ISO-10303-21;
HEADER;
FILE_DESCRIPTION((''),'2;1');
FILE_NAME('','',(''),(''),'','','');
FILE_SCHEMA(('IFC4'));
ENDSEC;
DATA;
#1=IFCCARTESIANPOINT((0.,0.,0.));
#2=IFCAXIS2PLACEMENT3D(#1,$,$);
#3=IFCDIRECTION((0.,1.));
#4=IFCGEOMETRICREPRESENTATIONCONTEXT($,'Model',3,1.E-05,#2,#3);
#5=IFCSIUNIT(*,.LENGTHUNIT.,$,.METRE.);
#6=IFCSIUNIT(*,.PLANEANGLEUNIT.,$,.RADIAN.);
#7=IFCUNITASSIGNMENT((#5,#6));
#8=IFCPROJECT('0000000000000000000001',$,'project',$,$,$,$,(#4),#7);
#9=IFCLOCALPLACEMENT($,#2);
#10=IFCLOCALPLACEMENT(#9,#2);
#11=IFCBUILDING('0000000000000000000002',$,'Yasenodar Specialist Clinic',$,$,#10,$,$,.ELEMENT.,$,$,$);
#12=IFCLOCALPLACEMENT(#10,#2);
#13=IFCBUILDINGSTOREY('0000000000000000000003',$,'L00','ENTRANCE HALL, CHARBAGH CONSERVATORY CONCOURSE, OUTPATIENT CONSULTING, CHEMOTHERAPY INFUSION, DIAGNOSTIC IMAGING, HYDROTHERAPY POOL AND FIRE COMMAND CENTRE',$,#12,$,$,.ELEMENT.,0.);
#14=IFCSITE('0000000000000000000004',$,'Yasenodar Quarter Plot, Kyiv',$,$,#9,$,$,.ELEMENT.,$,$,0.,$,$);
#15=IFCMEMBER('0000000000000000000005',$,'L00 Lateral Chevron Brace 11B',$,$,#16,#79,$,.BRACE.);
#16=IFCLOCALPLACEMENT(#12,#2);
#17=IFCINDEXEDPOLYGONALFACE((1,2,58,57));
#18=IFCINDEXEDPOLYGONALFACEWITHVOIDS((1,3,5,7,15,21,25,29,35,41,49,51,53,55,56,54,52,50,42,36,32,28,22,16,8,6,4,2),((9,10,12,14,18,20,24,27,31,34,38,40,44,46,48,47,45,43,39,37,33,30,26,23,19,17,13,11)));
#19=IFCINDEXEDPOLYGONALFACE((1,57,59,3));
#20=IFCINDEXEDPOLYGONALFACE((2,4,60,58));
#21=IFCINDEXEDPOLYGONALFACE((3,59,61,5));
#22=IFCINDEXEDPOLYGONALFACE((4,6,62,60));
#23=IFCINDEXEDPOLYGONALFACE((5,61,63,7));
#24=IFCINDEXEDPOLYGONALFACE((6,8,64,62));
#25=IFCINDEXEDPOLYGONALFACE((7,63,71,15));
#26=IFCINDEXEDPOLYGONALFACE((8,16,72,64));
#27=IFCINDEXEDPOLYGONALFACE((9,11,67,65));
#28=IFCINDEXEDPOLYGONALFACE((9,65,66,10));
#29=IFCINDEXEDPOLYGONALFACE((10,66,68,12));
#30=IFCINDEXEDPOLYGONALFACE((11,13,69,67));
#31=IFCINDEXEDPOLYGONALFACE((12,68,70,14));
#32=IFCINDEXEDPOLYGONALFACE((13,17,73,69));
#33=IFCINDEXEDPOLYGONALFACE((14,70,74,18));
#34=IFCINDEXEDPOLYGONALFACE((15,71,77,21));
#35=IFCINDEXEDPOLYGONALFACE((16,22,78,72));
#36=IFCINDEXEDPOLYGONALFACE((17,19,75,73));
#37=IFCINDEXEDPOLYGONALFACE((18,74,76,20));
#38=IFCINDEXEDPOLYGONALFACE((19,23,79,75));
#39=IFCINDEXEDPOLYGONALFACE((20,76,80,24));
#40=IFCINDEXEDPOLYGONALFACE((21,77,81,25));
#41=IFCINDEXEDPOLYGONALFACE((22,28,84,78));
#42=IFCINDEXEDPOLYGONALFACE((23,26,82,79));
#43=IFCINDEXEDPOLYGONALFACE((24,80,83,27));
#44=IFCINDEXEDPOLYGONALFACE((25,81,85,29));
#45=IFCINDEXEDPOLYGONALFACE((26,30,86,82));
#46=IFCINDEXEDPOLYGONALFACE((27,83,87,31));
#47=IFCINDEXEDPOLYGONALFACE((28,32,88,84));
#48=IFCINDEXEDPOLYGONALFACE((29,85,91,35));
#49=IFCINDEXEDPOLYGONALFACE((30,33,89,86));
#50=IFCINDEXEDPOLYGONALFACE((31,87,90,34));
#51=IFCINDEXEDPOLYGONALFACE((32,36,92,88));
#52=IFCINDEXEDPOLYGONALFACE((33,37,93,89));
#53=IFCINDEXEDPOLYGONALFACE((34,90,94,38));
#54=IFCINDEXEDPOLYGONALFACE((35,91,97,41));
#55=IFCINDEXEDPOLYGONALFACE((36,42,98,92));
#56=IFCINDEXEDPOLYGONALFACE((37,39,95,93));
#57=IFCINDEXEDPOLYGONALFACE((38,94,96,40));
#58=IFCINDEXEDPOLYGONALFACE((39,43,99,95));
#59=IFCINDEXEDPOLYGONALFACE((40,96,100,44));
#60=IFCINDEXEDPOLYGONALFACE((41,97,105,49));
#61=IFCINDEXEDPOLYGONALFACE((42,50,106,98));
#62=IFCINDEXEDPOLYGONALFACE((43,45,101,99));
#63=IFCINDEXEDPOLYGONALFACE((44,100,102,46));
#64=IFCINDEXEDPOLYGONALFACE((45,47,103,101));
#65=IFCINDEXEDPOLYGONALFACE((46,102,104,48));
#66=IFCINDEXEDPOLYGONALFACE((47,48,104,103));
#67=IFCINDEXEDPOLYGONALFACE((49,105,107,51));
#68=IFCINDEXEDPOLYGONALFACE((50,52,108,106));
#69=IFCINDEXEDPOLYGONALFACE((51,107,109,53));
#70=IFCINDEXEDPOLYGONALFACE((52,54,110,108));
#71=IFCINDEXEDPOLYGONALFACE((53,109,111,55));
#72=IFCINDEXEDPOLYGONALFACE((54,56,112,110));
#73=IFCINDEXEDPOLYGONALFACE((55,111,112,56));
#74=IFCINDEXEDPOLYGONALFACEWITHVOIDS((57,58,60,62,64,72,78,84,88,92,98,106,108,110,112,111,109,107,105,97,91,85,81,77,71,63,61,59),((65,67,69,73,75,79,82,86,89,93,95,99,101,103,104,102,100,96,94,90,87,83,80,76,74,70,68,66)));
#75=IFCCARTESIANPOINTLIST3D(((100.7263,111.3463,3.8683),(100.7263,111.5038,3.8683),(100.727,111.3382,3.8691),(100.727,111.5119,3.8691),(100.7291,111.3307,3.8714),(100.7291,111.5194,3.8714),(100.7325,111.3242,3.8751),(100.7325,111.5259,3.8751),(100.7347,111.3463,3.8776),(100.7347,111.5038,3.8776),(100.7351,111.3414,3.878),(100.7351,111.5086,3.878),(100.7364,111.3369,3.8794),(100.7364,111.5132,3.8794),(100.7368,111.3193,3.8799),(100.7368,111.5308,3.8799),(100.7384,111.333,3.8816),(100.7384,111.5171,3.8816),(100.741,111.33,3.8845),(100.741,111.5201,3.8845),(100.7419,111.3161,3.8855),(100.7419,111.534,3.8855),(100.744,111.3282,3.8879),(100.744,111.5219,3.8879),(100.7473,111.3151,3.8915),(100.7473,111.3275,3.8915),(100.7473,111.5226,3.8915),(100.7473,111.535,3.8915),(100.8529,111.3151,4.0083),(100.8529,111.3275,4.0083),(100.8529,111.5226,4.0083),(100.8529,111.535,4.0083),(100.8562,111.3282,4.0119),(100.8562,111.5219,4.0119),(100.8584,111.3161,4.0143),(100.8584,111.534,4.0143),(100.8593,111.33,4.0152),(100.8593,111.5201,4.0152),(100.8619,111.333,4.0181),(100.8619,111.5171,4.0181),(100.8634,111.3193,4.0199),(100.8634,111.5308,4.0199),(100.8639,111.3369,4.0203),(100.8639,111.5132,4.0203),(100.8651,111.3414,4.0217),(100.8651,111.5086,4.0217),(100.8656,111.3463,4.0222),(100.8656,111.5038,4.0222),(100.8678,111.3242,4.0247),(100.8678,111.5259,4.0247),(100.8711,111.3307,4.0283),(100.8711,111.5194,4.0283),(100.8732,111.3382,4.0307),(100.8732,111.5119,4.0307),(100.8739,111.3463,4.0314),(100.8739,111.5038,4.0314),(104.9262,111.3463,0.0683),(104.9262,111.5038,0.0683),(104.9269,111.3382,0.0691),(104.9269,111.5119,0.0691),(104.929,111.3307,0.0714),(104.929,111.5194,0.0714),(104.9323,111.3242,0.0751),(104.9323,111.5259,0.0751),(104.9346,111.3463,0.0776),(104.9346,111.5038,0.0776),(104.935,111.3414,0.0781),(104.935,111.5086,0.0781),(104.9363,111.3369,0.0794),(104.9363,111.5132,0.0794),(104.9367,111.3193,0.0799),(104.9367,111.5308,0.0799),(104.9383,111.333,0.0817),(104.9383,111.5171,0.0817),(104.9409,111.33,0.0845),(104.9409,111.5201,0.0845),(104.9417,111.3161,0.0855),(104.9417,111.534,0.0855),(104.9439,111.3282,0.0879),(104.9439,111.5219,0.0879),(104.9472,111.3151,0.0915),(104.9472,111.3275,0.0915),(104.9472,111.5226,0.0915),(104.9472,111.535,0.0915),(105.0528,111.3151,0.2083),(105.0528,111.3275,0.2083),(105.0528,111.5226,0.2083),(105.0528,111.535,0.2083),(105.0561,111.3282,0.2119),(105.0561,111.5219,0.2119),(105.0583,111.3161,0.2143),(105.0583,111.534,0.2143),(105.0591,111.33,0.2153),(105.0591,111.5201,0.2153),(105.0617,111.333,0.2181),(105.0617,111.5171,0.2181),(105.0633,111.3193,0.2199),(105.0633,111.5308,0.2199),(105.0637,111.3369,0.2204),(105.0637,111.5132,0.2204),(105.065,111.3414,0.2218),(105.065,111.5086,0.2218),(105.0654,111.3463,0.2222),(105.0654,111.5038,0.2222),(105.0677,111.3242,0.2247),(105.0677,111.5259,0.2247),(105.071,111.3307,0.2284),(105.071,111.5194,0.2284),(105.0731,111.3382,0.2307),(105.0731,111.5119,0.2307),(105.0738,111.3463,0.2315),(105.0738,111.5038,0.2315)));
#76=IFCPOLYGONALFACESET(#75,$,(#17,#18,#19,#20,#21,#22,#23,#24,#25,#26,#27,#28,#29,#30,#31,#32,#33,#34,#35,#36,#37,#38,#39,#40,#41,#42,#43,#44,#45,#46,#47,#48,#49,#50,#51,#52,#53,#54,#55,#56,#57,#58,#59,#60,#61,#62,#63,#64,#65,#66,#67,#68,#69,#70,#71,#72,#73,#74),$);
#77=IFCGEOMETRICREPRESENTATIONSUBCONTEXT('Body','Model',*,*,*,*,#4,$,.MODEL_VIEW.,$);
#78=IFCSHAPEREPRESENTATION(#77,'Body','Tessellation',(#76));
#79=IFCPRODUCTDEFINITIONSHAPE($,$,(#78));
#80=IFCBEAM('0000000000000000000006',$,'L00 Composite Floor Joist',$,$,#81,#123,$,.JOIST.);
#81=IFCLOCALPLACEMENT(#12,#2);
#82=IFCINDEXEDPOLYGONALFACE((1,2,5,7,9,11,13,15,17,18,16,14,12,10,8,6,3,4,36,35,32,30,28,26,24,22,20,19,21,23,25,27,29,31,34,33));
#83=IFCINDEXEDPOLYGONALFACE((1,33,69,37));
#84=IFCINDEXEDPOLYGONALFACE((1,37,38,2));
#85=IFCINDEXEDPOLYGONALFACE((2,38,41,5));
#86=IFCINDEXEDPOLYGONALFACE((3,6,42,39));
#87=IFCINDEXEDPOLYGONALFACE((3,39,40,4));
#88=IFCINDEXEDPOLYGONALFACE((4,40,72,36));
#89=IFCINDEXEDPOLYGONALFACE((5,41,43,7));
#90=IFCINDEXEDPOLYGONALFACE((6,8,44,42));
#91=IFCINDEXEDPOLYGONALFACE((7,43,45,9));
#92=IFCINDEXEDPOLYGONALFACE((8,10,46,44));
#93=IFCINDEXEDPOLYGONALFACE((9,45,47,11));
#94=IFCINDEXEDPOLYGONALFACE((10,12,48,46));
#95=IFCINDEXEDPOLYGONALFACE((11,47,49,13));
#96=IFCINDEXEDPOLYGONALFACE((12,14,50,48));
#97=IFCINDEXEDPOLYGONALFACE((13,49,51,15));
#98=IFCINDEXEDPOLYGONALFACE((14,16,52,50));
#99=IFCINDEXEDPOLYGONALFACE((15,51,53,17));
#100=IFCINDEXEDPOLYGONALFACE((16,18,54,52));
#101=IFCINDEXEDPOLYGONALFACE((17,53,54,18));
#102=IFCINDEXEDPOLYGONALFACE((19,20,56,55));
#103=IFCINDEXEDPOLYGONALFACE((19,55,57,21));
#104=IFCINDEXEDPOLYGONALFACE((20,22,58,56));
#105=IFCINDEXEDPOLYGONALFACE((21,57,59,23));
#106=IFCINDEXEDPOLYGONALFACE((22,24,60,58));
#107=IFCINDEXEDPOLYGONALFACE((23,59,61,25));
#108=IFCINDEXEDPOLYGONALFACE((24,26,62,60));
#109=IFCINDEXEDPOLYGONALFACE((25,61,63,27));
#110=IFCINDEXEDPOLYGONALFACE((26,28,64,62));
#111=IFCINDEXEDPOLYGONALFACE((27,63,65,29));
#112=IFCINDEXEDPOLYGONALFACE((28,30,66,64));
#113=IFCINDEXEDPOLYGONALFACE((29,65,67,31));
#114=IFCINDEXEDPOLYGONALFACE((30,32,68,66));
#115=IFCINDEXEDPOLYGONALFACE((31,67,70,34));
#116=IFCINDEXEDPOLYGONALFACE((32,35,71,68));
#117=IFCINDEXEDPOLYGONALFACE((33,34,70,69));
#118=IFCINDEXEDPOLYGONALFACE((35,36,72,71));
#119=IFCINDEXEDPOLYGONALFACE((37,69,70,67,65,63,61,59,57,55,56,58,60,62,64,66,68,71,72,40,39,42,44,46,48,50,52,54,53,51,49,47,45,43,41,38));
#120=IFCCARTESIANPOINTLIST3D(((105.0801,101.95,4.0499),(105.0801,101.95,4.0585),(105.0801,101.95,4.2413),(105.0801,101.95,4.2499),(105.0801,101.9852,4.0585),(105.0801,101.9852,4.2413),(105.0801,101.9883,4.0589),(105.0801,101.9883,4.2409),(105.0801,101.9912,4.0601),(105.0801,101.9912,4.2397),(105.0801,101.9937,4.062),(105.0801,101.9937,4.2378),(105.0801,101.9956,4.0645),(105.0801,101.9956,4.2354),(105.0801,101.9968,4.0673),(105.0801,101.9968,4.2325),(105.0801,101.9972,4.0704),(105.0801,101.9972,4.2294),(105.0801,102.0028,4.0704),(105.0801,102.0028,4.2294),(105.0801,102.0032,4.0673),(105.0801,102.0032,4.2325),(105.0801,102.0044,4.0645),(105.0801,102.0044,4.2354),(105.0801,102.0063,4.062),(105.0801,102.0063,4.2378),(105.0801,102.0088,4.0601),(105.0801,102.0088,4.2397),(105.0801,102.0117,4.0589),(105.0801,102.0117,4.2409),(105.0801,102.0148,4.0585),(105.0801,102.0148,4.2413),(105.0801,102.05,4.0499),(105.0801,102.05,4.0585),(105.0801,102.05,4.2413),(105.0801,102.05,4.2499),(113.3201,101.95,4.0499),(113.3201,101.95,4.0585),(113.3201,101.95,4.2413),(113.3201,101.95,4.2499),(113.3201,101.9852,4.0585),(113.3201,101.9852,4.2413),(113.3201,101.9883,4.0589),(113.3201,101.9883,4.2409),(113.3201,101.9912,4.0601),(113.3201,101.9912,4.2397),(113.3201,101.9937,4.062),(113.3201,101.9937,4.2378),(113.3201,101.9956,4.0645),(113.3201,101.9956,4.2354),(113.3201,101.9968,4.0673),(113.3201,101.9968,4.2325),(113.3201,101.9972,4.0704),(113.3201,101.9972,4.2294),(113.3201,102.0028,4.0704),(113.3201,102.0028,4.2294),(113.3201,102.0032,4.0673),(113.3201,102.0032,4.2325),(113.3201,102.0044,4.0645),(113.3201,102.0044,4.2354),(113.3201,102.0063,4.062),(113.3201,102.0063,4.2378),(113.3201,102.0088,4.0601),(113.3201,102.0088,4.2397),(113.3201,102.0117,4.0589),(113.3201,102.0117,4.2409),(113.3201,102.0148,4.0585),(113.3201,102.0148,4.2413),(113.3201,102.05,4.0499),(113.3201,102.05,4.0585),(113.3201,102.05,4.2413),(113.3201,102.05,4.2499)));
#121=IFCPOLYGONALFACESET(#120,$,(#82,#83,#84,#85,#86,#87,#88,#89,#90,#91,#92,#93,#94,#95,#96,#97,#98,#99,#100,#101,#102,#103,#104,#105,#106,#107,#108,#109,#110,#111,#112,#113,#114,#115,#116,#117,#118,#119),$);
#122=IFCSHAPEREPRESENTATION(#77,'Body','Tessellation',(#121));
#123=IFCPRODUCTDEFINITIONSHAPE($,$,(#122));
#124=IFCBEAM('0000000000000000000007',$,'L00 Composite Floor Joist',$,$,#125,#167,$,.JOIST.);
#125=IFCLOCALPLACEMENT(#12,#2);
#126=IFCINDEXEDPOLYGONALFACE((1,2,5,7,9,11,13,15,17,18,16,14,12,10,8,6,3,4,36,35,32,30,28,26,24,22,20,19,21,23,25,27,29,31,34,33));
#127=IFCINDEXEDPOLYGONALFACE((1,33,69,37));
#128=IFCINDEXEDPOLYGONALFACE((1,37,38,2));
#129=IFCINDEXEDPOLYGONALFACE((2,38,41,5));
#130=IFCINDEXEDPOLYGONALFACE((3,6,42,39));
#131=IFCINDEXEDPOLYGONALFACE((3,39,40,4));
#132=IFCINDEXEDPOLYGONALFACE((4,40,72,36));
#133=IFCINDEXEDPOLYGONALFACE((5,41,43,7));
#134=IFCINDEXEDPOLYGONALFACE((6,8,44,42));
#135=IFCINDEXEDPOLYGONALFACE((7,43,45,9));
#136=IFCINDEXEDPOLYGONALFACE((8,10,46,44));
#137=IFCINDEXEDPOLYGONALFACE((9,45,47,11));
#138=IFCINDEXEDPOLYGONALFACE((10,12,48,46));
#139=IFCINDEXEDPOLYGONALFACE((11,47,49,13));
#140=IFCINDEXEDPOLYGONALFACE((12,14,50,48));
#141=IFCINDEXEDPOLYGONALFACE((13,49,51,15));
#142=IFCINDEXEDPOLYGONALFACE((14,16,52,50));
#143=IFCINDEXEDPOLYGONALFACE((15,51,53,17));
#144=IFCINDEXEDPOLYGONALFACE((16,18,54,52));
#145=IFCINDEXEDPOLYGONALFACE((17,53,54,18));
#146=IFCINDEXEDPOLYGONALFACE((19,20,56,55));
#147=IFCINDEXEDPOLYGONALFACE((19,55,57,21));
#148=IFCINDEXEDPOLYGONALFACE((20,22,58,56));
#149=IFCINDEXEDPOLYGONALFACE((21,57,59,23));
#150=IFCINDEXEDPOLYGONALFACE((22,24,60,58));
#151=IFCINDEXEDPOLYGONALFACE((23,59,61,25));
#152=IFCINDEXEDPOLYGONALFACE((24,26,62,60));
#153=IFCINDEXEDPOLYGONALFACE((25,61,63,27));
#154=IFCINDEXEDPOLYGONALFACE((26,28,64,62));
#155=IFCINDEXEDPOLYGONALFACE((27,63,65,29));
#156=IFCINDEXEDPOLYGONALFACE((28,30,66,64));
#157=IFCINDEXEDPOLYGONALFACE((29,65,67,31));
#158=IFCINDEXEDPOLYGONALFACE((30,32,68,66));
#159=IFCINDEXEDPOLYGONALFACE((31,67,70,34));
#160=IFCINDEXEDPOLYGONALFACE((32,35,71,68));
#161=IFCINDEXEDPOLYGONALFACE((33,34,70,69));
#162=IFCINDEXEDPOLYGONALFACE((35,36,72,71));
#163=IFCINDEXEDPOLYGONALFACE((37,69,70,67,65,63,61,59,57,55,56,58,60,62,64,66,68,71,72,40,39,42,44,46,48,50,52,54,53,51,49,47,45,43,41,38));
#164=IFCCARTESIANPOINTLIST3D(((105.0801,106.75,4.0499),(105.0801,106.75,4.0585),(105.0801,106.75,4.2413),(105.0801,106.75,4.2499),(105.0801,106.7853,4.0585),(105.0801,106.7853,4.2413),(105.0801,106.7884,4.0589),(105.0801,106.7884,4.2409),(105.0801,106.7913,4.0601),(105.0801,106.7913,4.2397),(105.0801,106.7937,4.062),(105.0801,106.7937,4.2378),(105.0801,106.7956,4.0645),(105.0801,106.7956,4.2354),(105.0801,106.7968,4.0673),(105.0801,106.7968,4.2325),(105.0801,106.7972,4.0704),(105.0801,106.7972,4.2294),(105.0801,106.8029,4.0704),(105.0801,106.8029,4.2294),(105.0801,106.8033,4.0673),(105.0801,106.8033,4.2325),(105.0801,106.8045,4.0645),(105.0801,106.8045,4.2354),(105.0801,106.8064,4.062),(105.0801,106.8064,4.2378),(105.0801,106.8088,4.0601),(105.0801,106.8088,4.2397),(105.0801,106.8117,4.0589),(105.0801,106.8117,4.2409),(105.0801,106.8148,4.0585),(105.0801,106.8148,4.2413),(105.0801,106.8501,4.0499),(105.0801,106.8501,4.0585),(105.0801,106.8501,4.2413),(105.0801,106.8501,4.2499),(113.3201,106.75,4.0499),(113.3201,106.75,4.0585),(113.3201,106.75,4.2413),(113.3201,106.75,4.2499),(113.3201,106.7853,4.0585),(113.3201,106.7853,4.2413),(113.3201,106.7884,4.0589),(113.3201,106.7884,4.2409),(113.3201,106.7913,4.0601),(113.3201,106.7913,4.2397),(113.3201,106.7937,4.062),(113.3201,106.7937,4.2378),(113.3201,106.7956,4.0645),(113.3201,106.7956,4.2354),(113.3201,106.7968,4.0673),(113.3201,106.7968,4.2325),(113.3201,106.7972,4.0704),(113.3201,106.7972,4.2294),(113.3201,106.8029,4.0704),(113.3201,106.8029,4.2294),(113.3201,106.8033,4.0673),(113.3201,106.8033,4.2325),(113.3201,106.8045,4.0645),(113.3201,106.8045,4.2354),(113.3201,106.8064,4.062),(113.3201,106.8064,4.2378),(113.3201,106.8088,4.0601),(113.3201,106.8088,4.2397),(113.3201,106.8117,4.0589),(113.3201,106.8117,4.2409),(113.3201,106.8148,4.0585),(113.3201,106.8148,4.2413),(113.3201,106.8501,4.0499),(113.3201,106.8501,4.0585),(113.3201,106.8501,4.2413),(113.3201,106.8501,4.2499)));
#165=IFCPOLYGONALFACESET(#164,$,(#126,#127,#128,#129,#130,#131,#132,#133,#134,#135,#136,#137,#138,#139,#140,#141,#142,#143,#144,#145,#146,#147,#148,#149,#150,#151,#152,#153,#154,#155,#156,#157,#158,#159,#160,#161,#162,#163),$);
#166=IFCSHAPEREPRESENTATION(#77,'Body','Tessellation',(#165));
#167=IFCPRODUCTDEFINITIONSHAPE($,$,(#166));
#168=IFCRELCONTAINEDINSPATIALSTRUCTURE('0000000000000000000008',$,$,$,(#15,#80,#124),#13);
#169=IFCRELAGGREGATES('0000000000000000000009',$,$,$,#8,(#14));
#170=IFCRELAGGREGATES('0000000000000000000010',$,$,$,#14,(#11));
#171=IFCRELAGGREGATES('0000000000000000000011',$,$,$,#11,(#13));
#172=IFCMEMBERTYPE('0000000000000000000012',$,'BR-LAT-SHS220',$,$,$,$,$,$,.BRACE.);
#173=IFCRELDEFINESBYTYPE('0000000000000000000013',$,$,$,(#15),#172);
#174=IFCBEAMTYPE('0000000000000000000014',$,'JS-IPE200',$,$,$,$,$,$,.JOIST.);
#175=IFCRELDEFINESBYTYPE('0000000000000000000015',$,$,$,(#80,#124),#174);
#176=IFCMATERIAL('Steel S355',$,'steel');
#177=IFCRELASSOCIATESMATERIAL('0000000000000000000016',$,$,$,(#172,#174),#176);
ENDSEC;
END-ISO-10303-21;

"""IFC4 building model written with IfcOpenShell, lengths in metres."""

from ifc_helpers import new_model, si_unit, direction, frame, origin, origin_2d, place, context, subcontext, project, spatial, hollow_rectangle, i_section, extrude, material, material_profile, profile_set, type_object, element, save


model = new_model("IFC4")

# Units and contexts
model_context = context("Model", 3, precision=1e-05, world=origin(), true_north=direction((0.0, 1.0)))
body_context = subcontext(model_context, "Body", "Model", "MODEL_VIEW")
ifc_project = project(units=[si_unit("LENGTHUNIT", "METRE"), si_unit("PLANEANGLEUNIT", "RADIAN")], contexts=[model_context])

# Site, building, storey
site_placement = place(None, origin())
site = spatial("IfcSite", under=ifc_project, at=site_placement, Name="Yasenodar Quarter Plot, Kyiv", CompositionType="ELEMENT", RefElevation=0.0)
building_placement = place(site_placement, origin())
building = spatial("IfcBuilding", under=site, at=building_placement, Name="Yasenodar Specialist Clinic", CompositionType="ELEMENT")
storey_placement = place(building_placement, origin())
storey = spatial("IfcBuildingStorey", under=building, at=storey_placement, Name="L00", Description="ENTRANCE HALL, CHARBAGH CONSERVATORY CONCOURSE, OUTPATIENT CONSULTING, CHEMOTHERAPY INFUSION, DIAGNOSTIC IMAGING, HYDROTHERAPY POOL AND FIRE COMMAND CENTRE", CompositionType="ELEMENT", Elevation=0.0)

# Shared definitions
ifc_material_1 = material(Name="Steel S355", Category="steel")

# Member
ifc_material_profile_1 = material_profile(ifc_material_1, hollow_rectangle(XDim=0.22, YDim=0.22, WallThickness=0.0125, InnerFilletRadius=0.0188, OuterFilletRadius=0.0312, at=origin_2d()), Name="SHS 220x220x12.5")
ifc_profile_set_1 = profile_set([ifc_material_profile_1], Name="Steel S355")
member_type = type_object("IfcMemberType", Name="BR-LAT-SHS220", PredefinedType="BRACE", material=ifc_profile_set_1)
member_placement = place(storey_placement, frame((105.0, 111.425, 0.1499), z_axis=(-0.741528, 0.0, 0.670922), x_axis=(0.0, -1.0, 0.0)))
element("IfcMember", 1, at=member_placement, inside=storey, type_object=member_type, Name="L00 Lateral Chevron Brace 11B", PredefinedType="BRACE", context=body_context, shape_type="SweptSolid", body=[
    extrude(hollow_rectangle(XDim=0.22, YDim=0.22, WallThickness=0.0125, InnerFilletRadius=0.0188, OuterFilletRadius=0.0312, at=origin_2d()), origin(), (0.0, 0.0, 1.0), 5.6638),
])

# Beams
ifc_material_profile_2 = material_profile(ifc_material_1, i_section(OverallWidth=0.1001, OverallDepth=0.2, WebThickness=0.0056, FlangeThickness=0.0085, FilletRadius=0.012, at=origin_2d()), Name="IPE 200")
ifc_profile_set_2 = profile_set([ifc_material_profile_2], Name="Steel S355")
beam_type_1 = type_object("IfcBeamType", Name="JS-IPE200", PredefinedType="JOIST", material=ifc_profile_set_2)
for number, where, z_axis, x_axis, name in (
    (2, (105.0801, 102.0, 4.1499), (1.0, 0.0, 0.0), (0.0, 1.0, 0.0), "L00 Composite Floor Joist"),
    (3, (105.0801, 106.8, 4.1499), (1.0, 0.0, 0.0), (0.0, 1.0, 0.0), "L00 Composite Floor Joist"),
):
    element("IfcBeam", number, at=place(storey_placement, frame(where, z_axis=z_axis, x_axis=x_axis)), inside=storey, type_object=beam_type_1, Name=name, PredefinedType="JOIST", context=body_context, shape_type="SweptSolid", body=[
        extrude(i_section(OverallWidth=0.1001, OverallDepth=0.2, WebThickness=0.0056, FlangeThickness=0.0085, FilletRadius=0.012, at=origin_2d()), origin(), (0.0, 0.0, 1.0), 8.24),
    ])

save(model, "model.ifc")
